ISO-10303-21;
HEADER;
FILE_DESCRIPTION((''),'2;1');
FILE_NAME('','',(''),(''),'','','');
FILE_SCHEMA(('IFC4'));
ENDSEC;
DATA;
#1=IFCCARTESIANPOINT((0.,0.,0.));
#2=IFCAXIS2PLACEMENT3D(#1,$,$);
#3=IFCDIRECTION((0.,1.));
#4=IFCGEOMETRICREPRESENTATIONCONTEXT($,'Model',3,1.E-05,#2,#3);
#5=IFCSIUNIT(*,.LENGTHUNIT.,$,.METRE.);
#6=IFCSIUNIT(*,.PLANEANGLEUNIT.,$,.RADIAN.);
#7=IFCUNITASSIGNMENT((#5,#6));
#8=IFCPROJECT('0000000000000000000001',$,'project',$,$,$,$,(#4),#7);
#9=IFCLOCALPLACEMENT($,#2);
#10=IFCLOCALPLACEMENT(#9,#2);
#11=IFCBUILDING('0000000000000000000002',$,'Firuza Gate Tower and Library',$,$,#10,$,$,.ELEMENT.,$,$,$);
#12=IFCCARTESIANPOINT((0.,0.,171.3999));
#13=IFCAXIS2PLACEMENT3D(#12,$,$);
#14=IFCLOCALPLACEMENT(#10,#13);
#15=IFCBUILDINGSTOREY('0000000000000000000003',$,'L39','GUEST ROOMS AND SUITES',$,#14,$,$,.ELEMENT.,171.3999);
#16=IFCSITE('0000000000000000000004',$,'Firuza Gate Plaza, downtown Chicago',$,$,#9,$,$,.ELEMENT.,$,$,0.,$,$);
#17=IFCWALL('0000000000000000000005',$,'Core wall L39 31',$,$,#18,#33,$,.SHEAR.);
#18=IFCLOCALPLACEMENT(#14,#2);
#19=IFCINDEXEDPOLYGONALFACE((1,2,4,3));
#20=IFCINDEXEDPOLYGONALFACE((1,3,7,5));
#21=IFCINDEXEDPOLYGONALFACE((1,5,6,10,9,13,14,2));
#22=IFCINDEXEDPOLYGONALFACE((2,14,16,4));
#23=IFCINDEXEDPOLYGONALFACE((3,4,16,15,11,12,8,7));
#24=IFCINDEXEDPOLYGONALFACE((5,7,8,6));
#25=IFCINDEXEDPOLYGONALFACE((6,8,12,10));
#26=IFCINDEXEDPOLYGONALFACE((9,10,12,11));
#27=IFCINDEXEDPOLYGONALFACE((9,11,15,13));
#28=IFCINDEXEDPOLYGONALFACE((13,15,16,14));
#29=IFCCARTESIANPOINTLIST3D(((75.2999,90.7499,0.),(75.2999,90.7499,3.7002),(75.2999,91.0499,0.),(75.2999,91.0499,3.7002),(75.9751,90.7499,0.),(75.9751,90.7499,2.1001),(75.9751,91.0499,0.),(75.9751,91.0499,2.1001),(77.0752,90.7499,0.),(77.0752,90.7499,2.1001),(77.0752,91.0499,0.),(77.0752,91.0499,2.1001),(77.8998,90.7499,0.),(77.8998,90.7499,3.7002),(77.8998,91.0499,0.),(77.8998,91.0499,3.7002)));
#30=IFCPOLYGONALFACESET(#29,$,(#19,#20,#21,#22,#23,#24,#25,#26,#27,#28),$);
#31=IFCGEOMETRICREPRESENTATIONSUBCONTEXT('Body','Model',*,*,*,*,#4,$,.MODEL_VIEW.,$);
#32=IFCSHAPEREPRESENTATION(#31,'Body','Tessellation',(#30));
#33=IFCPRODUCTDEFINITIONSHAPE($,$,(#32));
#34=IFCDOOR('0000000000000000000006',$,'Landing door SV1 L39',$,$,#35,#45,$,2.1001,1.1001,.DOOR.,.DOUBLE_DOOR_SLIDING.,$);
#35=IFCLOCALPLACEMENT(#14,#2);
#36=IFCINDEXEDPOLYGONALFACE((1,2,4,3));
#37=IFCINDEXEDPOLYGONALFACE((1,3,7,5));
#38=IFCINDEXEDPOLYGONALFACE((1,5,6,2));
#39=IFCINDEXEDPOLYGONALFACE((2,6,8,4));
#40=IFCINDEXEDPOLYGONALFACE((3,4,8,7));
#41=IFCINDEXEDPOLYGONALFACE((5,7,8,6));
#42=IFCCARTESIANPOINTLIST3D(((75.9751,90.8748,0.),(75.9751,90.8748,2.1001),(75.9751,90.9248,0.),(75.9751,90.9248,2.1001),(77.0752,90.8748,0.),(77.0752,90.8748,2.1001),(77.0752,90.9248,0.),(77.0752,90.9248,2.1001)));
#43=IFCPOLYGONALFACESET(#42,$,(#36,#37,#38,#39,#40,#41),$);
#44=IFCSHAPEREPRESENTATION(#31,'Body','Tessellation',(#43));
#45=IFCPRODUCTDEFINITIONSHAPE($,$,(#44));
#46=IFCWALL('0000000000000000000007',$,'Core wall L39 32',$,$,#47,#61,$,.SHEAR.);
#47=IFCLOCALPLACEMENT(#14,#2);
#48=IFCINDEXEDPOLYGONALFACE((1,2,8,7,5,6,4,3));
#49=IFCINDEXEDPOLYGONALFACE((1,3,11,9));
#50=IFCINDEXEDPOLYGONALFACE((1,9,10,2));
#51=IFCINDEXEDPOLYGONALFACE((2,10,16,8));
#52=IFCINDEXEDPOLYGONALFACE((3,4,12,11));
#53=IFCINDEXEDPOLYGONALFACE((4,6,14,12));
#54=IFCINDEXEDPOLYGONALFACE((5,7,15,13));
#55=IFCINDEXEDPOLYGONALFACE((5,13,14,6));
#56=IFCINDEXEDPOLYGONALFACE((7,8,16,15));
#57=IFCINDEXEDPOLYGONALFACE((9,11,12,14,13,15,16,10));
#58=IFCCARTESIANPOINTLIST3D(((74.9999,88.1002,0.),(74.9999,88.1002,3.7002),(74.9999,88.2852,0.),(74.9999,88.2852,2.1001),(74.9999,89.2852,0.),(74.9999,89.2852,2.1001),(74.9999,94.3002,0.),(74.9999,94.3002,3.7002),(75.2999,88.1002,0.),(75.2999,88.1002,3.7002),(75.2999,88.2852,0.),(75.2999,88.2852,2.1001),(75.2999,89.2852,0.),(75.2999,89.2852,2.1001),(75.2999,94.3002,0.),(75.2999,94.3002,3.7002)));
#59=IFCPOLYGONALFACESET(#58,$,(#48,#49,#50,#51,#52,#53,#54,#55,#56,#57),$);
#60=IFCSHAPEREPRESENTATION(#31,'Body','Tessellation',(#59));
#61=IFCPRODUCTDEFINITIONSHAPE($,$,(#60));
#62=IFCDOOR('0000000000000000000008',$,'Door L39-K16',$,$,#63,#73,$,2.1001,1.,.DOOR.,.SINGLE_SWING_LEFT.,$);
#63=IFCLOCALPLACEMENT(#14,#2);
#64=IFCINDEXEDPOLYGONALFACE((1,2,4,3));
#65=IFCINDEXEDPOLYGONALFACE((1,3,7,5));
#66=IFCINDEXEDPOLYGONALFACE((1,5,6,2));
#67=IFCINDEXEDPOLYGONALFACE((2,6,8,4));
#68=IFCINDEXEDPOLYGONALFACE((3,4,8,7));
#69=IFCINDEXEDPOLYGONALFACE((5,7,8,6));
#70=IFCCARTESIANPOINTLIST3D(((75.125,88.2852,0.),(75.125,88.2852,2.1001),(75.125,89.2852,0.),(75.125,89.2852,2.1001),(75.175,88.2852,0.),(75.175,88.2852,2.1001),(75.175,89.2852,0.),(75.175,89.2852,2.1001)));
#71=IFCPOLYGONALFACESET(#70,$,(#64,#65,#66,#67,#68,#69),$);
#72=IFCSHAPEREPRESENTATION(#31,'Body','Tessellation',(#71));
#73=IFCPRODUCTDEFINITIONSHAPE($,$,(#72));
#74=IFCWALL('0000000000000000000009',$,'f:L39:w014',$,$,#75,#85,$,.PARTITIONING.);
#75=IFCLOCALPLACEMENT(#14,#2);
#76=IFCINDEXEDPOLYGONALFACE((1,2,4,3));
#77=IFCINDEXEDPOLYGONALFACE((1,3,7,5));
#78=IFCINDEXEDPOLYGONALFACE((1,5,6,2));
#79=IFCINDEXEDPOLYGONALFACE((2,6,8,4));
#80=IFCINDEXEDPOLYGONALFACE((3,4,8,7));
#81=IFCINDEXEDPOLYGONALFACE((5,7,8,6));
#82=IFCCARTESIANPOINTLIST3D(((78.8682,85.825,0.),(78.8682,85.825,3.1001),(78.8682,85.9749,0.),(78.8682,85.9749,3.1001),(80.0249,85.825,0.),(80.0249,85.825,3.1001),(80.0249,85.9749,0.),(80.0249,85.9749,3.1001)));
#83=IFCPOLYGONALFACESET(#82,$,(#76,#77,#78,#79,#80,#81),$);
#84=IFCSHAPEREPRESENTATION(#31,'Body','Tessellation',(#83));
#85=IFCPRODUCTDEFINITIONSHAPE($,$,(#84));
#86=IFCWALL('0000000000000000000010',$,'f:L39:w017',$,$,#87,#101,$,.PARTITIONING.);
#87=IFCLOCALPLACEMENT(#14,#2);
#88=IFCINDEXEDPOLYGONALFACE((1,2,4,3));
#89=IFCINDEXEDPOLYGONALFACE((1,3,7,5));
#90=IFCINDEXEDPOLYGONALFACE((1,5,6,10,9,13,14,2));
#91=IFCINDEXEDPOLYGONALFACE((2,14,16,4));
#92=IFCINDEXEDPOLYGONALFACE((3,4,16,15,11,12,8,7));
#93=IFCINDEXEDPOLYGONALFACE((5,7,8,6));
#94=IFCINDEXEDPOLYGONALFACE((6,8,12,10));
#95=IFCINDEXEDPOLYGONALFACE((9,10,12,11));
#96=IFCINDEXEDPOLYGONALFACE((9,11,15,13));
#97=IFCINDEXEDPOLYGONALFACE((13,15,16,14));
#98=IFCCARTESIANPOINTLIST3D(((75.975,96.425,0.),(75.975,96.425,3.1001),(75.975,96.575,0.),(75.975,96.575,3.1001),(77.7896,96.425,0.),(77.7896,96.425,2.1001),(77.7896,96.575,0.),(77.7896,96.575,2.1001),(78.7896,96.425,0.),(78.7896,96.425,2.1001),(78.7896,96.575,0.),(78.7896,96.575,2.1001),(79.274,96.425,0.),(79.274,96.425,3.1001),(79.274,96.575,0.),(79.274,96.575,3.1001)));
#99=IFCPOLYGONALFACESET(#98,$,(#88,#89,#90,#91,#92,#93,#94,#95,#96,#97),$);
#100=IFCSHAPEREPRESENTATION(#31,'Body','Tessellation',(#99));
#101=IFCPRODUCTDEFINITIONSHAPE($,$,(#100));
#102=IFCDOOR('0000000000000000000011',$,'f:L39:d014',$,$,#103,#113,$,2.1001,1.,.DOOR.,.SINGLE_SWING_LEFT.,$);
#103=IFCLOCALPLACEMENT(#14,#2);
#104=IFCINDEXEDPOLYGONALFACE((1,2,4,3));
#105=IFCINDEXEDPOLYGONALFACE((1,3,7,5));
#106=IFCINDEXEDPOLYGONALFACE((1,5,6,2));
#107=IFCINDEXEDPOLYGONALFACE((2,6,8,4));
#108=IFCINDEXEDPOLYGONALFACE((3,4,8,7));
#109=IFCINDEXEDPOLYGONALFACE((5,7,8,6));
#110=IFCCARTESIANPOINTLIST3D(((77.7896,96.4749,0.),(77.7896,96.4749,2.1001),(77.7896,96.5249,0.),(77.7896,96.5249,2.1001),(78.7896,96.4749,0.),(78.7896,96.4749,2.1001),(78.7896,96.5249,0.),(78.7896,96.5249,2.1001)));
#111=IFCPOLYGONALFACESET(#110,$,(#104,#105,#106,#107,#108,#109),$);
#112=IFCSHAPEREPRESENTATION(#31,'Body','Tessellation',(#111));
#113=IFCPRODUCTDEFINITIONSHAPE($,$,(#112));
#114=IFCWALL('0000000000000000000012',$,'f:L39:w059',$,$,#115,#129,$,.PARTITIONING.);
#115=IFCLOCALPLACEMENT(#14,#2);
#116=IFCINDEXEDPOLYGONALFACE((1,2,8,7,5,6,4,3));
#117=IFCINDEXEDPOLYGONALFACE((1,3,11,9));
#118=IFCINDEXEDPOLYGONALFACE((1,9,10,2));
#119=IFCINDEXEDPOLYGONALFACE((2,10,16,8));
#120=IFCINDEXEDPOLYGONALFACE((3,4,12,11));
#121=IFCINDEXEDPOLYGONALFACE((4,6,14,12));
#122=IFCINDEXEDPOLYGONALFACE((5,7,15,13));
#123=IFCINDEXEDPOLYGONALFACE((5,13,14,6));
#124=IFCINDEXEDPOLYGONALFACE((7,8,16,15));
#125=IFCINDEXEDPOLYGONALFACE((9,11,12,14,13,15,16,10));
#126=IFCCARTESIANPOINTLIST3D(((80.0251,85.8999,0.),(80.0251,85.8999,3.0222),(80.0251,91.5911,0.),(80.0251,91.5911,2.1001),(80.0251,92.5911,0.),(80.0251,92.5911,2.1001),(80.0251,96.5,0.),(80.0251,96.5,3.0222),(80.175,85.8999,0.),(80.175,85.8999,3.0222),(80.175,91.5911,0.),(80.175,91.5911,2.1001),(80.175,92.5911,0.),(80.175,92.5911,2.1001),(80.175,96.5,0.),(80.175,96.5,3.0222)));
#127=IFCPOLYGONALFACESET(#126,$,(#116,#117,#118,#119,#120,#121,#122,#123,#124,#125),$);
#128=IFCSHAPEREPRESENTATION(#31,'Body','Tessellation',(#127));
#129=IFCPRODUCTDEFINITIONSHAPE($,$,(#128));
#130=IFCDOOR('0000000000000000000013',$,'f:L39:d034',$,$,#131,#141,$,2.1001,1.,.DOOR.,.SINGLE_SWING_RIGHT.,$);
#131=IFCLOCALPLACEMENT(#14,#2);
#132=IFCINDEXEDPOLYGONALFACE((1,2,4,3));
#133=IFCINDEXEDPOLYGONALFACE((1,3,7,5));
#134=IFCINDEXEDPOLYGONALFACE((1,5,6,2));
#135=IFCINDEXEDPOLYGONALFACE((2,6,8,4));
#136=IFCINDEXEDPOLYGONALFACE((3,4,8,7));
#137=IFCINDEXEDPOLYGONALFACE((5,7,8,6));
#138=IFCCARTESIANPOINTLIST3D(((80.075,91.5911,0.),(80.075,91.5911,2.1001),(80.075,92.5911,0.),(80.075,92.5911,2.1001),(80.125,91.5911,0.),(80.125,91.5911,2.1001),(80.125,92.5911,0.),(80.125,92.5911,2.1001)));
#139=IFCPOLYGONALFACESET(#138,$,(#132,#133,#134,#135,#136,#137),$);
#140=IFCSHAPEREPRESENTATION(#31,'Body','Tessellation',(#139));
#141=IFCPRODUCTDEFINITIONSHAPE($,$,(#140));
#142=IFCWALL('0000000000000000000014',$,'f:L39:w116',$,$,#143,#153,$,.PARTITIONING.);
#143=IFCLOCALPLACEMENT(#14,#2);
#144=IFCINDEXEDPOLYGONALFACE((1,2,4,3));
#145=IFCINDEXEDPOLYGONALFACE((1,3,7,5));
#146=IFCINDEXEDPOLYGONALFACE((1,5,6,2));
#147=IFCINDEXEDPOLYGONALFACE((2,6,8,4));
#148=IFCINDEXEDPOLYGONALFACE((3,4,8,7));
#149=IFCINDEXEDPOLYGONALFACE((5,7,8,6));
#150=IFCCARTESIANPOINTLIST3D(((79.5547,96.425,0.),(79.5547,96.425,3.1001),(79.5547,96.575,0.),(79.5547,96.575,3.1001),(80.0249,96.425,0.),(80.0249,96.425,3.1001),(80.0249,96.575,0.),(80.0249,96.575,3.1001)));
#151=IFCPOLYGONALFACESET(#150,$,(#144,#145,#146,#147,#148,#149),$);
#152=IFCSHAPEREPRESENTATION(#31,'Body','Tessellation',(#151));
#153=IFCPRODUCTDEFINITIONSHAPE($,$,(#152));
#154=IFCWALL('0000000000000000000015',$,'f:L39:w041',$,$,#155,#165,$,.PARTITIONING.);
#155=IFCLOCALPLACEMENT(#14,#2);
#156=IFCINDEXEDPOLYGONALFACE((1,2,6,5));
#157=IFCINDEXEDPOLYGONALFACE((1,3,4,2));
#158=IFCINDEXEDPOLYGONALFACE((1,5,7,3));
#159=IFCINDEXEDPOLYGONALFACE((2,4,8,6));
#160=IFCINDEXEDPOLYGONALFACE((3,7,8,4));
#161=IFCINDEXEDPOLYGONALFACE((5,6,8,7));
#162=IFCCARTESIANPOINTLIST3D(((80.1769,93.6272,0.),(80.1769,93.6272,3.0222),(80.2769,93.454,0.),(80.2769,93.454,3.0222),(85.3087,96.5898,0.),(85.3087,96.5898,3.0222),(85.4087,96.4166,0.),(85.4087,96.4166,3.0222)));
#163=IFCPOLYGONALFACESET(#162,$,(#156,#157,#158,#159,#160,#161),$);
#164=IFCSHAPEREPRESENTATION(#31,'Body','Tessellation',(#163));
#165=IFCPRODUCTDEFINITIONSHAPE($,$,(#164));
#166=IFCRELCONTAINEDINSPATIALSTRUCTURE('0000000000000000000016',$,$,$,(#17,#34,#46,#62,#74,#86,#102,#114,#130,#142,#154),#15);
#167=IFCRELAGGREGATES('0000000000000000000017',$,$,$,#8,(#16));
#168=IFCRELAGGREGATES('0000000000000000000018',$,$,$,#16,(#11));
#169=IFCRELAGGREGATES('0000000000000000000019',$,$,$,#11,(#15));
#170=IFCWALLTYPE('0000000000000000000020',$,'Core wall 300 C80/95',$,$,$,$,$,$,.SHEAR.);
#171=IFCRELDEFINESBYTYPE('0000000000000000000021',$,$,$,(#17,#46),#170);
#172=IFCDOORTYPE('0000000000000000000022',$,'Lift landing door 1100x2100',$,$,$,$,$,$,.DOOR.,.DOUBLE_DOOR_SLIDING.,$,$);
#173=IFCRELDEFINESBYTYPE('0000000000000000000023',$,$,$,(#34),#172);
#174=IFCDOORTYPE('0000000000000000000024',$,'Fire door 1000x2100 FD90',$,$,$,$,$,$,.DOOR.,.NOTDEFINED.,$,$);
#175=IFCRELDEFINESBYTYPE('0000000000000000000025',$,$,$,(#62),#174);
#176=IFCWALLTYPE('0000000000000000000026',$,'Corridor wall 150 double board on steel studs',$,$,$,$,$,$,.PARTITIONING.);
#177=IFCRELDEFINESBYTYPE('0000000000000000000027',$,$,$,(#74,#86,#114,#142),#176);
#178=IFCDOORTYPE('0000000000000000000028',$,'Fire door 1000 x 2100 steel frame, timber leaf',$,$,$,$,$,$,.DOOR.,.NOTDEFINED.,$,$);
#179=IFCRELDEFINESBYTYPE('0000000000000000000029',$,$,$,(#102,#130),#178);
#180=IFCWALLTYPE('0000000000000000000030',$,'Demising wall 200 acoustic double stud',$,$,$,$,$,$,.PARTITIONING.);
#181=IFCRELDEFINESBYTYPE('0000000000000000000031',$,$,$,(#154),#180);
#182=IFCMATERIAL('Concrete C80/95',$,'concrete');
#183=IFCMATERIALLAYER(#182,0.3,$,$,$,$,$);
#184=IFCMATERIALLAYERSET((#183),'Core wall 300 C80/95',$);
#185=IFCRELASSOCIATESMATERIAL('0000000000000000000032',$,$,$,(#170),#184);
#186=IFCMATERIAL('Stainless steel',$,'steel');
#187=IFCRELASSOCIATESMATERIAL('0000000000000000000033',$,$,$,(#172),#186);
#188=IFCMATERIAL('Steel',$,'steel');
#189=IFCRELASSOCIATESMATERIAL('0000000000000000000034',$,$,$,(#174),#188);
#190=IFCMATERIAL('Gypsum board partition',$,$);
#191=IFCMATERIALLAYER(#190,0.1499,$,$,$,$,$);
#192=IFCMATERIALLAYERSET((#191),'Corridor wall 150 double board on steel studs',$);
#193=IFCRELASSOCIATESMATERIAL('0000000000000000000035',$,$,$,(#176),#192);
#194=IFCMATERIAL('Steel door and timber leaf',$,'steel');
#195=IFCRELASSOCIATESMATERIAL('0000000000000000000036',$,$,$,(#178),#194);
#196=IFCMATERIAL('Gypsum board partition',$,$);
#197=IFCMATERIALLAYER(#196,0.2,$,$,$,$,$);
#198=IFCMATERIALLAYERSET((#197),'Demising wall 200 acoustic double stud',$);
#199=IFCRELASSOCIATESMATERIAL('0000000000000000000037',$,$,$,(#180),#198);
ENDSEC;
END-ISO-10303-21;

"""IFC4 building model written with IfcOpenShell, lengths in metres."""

from ifc_helpers import new_model, si_unit, direction, frame, frame_2d, origin, place, context, subcontext, project, spatial, rectangle, extrude, material, layer, layer_set, type_object, element, fill, save


model = new_model("IFC4")

# Units and contexts
model_context = context("Model", 3, precision=1e-05, world=origin(), true_north=direction((0.0, 1.0)))
body_context = subcontext(model_context, "Body", "Model", "MODEL_VIEW")
ifc_project = project(units=[si_unit("LENGTHUNIT", "METRE"), si_unit("PLANEANGLEUNIT", "RADIAN")], contexts=[model_context])

# Site, building, storey
site_placement = place(None, origin())
site = spatial("IfcSite", under=ifc_project, at=site_placement, Name="Firuza Gate Plaza, downtown Chicago", CompositionType="ELEMENT", RefElevation=0.0)
building_placement = place(site_placement, origin())
building = spatial("IfcBuilding", under=site, at=building_placement, Name="Firuza Gate Tower and Library", CompositionType="ELEMENT")
storey_placement = place(building_placement, frame((0.0, 0.0, 171.3999)))
storey = spatial("IfcBuildingStorey", under=building, at=storey_placement, Name="L39", Description="GUEST ROOMS AND SUITES", CompositionType="ELEMENT", Elevation=171.3999)

# Shared definitions
ifc_material_1 = material(Name="Concrete C80/95", Category="concrete")
ifc_layer_1 = layer(ifc_material_1, 0.3)
ifc_layer_set_1 = layer_set([ifc_layer_1], Name="Core wall 300 C80/95")
wall_type_1 = type_object("IfcWallType", Name="Core wall 300 C80/95", PredefinedType="SHEAR", material=ifc_layer_set_1)

# Walls, openings, doors
wall_1_placement = place(storey_placement, frame((75.3, 90.8999, 0.0), z_axis=(0.0, 0.0, 1.0), x_axis=(1.0, 0.0, 0.0)))
wall_1 = element("IfcWall", 1, at=wall_1_placement, inside=storey, type_object=wall_type_1, Name="Core wall L39 31", PredefinedType="SHEAR", context=body_context, shape_type="SweptSolid", body=[
    extrude(rectangle(XDim=2.5999, YDim=0.3, at=frame_2d((1.2998, 0.0))), origin(), (0.0, 0.0, 1.0), 3.7002),
])
opening_1_placement = place(wall_1_placement, frame((0.675, 0.0, 0.0)))
opening_1 = element("IfcOpeningElement", 2, at=opening_1_placement, cuts=wall_1, PredefinedType="OPENING", context=body_context, shape_type="SweptSolid", body=[
    extrude(rectangle(XDim=1.1001, YDim=2.1001, at=frame_2d((0.55, 1.05))), frame((0.0, 0.1602, 0.0), z_axis=(0.0, -1.0, 0.0), x_axis=(1.0, 0.0, 0.0)), (0.0, 0.0, 1.0), 0.3201),
])
ifc_material_2 = material(Name="Stainless steel", Category="steel")
door_type_1 = type_object("IfcDoorType", Name="Lift landing door 1100x2100", OperationType="DOUBLE_DOOR_SLIDING", PredefinedType="DOOR", material=ifc_material_2)
door_1_placement = place(opening_1_placement, origin())
door_1 = element("IfcDoor", 3, at=door_1_placement, inside=storey, type_object=door_type_1, Name="Landing door SV1 L39", OperationType="DOUBLE_DOOR_SLIDING", OverallHeight=2.1001, OverallWidth=1.1001, PredefinedType="DOOR", context=body_context, shape_type="SweptSolid", body=[
    extrude(rectangle(XDim=1.1001, YDim=2.1001, at=frame_2d((0.55, 1.05))), frame((0.0, 0.0249, 0.0), z_axis=(0.0, -1.0, 0.0), x_axis=(1.0, 0.0, 0.0)), (0.0, 0.0, 1.0), 0.05),
])
fill(opening_1, door_1)
wall_2_placement = place(storey_placement, frame((75.1499, 88.1001, 0.0), z_axis=(0.0, 0.0, 1.0), x_axis=(0.0, 1.0, 0.0)))
wall_2 = element("IfcWall", 4, at=wall_2_placement, inside=storey, type_object=wall_type_1, Name="Core wall L39 32", PredefinedType="SHEAR", context=body_context, shape_type="SweptSolid", body=[
    extrude(rectangle(XDim=6.2, YDim=0.3, at=frame_2d((3.1001, 0.0))), origin(), (0.0, 0.0, 1.0), 3.7002),
])
opening_2_placement = place(wall_2_placement, frame((0.1851, 0.0, 0.0)))
opening_2 = element("IfcOpeningElement", 5, at=opening_2_placement, cuts=wall_2, PredefinedType="OPENING", context=body_context, shape_type="SweptSolid", body=[
    extrude(rectangle(XDim=1.0, YDim=2.1001, at=frame_2d((0.5, 1.05))), frame((0.0, 0.1602, 0.0), z_axis=(0.0, -1.0, 0.0), x_axis=(1.0, 0.0, 0.0)), (0.0, 0.0, 1.0), 0.3201),
])
ifc_material_3 = material(Name="Steel", Category="steel")
door_type_2 = type_object("IfcDoorType", Name="Fire door 1000x2100 FD90", OperationType="NOTDEFINED", PredefinedType="DOOR", material=ifc_material_3)
door_2_placement = place(opening_2_placement, origin())
door_2 = element("IfcDoor", 6, at=door_2_placement, inside=storey, type_object=door_type_2, Name="Door L39-K16", OperationType="SINGLE_SWING_LEFT", OverallHeight=2.1001, OverallWidth=1.0, PredefinedType="DOOR", context=body_context, shape_type="SweptSolid", body=[
    extrude(rectangle(XDim=1.0, YDim=2.1001, at=frame_2d((0.5, 1.05))), frame((0.0, 0.0249, 0.0), z_axis=(0.0, -1.0, 0.0), x_axis=(1.0, 0.0, 0.0)), (0.0, 0.0, 1.0), 0.05),
])
fill(opening_2, door_2)

# Wall
ifc_material_4 = material(Name="Gypsum board partition")
ifc_layer_2 = layer(ifc_material_4, 0.1499)
ifc_layer_set_2 = layer_set([ifc_layer_2], Name="Corridor wall 150 double board on steel studs")
wall_type_2 = type_object("IfcWallType", Name="Corridor wall 150 double board on steel studs", PredefinedType="PARTITIONING", material=ifc_layer_set_2)
wall_3_placement = place(storey_placement, frame((78.8682, 85.8999, 0.0), z_axis=(0.0, 0.0, 1.0), x_axis=(1.0, 0.0, 0.0)))
element("IfcWall", 7, at=wall_3_placement, inside=storey, type_object=wall_type_2, Name="f:L39:w014", PredefinedType="PARTITIONING", context=body_context, shape_type="SweptSolid", body=[
    extrude(rectangle(XDim=1.1567, YDim=0.1499, at=frame_2d((0.5784, 0.0))), origin(), (0.0, 0.0, 1.0), 3.1001),
])

# Walls, openings, doors
wall_4_placement = place(storey_placement, frame((75.9751, 96.5, 0.0), z_axis=(0.0, 0.0, 1.0), x_axis=(1.0, 0.0, 0.0)))
wall_4 = element("IfcWall", 8, at=wall_4_placement, inside=storey, type_object=wall_type_2, Name="f:L39:w017", PredefinedType="PARTITIONING", context=body_context, shape_type="SweptSolid", body=[
    extrude(rectangle(XDim=3.2991, YDim=0.1499, at=frame_2d((1.6494, 0.0))), origin(), (0.0, 0.0, 1.0), 3.1001),
])
opening_3_placement = place(wall_4_placement, frame((1.8145, 0.0, 0.0)))
opening_3 = element("IfcOpeningElement", 9, at=opening_3_placement, cuts=wall_4, PredefinedType="OPENING", context=body_context, shape_type="SweptSolid", body=[
    extrude(rectangle(XDim=1.0, YDim=2.1001, at=frame_2d((0.5, 1.05))), frame((0.0, 0.085, 0.0), z_axis=(0.0, -1.0, 0.0), x_axis=(1.0, 0.0, 0.0)), (0.0, 0.0, 1.0), 0.1699),
])
ifc_material_5 = material(Name="Steel door and timber leaf", Category="steel")
door_type_3 = type_object("IfcDoorType", Name="Fire door 1000 x 2100 steel frame, timber leaf", OperationType="NOTDEFINED", PredefinedType="DOOR", material=ifc_material_5)
door_3_placement = place(opening_3_placement, origin())
door_3 = element("IfcDoor", 10, at=door_3_placement, inside=storey, type_object=door_type_3, Name="f:L39:d014", OperationType="SINGLE_SWING_LEFT", OverallHeight=2.1001, OverallWidth=1.0, PredefinedType="DOOR", context=body_context, shape_type="SweptSolid", body=[
    extrude(rectangle(XDim=1.0, YDim=2.1001, at=frame_2d((0.5, 1.05))), frame((0.0, 0.0249, 0.0), z_axis=(0.0, -1.0, 0.0), x_axis=(1.0, 0.0, 0.0)), (0.0, 0.0, 1.0), 0.05),
])
fill(opening_3, door_3)
wall_5_placement = place(storey_placement, frame((80.1001, 96.5, 0.0), z_axis=(0.0, 0.0, 1.0), x_axis=(0.0, -1.0, 0.0)))
wall_5 = element("IfcWall", 11, at=wall_5_placement, inside=storey, type_object=wall_type_2, Name="f:L39:w059", PredefinedType="PARTITIONING", context=body_context, shape_type="SweptSolid", body=[
    extrude(rectangle(XDim=10.6001, YDim=0.1499, at=frame_2d((5.3, 0.0))), origin(), (0.0, 0.0, 1.0), 3.0222),
])
opening_4_placement = place(wall_5_placement, frame((3.9089, 0.0, 0.0)))
opening_4 = element("IfcOpeningElement", 12, at=opening_4_placement, cuts=wall_5, PredefinedType="OPENING", context=body_context, shape_type="SweptSolid", body=[
    extrude(rectangle(XDim=1.0, YDim=2.1001, at=frame_2d((0.5, 1.05))), frame((0.0, 0.085, 0.0), z_axis=(0.0, -1.0, 0.0), x_axis=(1.0, 0.0, 0.0)), (0.0, 0.0, 1.0), 0.1699),
])
door_4_placement = place(opening_4_placement, origin())
door_4 = element("IfcDoor", 13, at=door_4_placement, inside=storey, type_object=door_type_3, Name="f:L39:d034", OperationType="SINGLE_SWING_RIGHT", OverallHeight=2.1001, OverallWidth=1.0, PredefinedType="DOOR", context=body_context, shape_type="SweptSolid", body=[
    extrude(rectangle(XDim=1.0, YDim=2.1001, at=frame_2d((0.5, 1.05))), frame((0.0, 0.0249, 0.0), z_axis=(0.0, -1.0, 0.0), x_axis=(1.0, 0.0, 0.0)), (0.0, 0.0, 1.0), 0.05),
])
fill(opening_4, door_4)

# Walls
wall_6_placement = place(storey_placement, frame((79.5547, 96.5, 0.0), z_axis=(0.0, 0.0, 1.0), x_axis=(1.0, 0.0, 0.0)))
element("IfcWall", 14, at=wall_6_placement, inside=storey, type_object=wall_type_2, Name="f:L39:w116", PredefinedType="PARTITIONING", context=body_context, shape_type="SweptSolid", body=[
    extrude(rectangle(XDim=0.4702, YDim=0.1499, at=frame_2d((0.2351, 0.0))), origin(), (0.0, 0.0, 1.0), 3.1001),
])
ifc_material_6 = material(Name="Gypsum board partition")
ifc_layer_3 = layer(ifc_material_6, 0.2)
ifc_layer_set_3 = layer_set([ifc_layer_3], Name="Demising wall 200 acoustic double stud")
wall_type_3 = type_object("IfcWallType", Name="Demising wall 200 acoustic double stud", PredefinedType="PARTITIONING", material=ifc_layer_set_3)
wall_7_placement = place(storey_placement, frame((80.2268, 93.5405, 0.0), z_axis=(0.0, 0.0, 1.0), x_axis=(0.866042, 0.499972, 0.0)))
element("IfcWall", 15, at=wall_7_placement, inside=storey, type_object=wall_type_3, Name="f:L39:w041", PredefinedType="PARTITIONING", context=body_context, shape_type="SweptSolid", body=[
    extrude(rectangle(XDim=5.9255, YDim=0.2, at=frame_2d((2.9629, 0.0))), origin(), (0.0, 0.0, 1.0), 3.0222),
])

save(model, "model.ifc")
